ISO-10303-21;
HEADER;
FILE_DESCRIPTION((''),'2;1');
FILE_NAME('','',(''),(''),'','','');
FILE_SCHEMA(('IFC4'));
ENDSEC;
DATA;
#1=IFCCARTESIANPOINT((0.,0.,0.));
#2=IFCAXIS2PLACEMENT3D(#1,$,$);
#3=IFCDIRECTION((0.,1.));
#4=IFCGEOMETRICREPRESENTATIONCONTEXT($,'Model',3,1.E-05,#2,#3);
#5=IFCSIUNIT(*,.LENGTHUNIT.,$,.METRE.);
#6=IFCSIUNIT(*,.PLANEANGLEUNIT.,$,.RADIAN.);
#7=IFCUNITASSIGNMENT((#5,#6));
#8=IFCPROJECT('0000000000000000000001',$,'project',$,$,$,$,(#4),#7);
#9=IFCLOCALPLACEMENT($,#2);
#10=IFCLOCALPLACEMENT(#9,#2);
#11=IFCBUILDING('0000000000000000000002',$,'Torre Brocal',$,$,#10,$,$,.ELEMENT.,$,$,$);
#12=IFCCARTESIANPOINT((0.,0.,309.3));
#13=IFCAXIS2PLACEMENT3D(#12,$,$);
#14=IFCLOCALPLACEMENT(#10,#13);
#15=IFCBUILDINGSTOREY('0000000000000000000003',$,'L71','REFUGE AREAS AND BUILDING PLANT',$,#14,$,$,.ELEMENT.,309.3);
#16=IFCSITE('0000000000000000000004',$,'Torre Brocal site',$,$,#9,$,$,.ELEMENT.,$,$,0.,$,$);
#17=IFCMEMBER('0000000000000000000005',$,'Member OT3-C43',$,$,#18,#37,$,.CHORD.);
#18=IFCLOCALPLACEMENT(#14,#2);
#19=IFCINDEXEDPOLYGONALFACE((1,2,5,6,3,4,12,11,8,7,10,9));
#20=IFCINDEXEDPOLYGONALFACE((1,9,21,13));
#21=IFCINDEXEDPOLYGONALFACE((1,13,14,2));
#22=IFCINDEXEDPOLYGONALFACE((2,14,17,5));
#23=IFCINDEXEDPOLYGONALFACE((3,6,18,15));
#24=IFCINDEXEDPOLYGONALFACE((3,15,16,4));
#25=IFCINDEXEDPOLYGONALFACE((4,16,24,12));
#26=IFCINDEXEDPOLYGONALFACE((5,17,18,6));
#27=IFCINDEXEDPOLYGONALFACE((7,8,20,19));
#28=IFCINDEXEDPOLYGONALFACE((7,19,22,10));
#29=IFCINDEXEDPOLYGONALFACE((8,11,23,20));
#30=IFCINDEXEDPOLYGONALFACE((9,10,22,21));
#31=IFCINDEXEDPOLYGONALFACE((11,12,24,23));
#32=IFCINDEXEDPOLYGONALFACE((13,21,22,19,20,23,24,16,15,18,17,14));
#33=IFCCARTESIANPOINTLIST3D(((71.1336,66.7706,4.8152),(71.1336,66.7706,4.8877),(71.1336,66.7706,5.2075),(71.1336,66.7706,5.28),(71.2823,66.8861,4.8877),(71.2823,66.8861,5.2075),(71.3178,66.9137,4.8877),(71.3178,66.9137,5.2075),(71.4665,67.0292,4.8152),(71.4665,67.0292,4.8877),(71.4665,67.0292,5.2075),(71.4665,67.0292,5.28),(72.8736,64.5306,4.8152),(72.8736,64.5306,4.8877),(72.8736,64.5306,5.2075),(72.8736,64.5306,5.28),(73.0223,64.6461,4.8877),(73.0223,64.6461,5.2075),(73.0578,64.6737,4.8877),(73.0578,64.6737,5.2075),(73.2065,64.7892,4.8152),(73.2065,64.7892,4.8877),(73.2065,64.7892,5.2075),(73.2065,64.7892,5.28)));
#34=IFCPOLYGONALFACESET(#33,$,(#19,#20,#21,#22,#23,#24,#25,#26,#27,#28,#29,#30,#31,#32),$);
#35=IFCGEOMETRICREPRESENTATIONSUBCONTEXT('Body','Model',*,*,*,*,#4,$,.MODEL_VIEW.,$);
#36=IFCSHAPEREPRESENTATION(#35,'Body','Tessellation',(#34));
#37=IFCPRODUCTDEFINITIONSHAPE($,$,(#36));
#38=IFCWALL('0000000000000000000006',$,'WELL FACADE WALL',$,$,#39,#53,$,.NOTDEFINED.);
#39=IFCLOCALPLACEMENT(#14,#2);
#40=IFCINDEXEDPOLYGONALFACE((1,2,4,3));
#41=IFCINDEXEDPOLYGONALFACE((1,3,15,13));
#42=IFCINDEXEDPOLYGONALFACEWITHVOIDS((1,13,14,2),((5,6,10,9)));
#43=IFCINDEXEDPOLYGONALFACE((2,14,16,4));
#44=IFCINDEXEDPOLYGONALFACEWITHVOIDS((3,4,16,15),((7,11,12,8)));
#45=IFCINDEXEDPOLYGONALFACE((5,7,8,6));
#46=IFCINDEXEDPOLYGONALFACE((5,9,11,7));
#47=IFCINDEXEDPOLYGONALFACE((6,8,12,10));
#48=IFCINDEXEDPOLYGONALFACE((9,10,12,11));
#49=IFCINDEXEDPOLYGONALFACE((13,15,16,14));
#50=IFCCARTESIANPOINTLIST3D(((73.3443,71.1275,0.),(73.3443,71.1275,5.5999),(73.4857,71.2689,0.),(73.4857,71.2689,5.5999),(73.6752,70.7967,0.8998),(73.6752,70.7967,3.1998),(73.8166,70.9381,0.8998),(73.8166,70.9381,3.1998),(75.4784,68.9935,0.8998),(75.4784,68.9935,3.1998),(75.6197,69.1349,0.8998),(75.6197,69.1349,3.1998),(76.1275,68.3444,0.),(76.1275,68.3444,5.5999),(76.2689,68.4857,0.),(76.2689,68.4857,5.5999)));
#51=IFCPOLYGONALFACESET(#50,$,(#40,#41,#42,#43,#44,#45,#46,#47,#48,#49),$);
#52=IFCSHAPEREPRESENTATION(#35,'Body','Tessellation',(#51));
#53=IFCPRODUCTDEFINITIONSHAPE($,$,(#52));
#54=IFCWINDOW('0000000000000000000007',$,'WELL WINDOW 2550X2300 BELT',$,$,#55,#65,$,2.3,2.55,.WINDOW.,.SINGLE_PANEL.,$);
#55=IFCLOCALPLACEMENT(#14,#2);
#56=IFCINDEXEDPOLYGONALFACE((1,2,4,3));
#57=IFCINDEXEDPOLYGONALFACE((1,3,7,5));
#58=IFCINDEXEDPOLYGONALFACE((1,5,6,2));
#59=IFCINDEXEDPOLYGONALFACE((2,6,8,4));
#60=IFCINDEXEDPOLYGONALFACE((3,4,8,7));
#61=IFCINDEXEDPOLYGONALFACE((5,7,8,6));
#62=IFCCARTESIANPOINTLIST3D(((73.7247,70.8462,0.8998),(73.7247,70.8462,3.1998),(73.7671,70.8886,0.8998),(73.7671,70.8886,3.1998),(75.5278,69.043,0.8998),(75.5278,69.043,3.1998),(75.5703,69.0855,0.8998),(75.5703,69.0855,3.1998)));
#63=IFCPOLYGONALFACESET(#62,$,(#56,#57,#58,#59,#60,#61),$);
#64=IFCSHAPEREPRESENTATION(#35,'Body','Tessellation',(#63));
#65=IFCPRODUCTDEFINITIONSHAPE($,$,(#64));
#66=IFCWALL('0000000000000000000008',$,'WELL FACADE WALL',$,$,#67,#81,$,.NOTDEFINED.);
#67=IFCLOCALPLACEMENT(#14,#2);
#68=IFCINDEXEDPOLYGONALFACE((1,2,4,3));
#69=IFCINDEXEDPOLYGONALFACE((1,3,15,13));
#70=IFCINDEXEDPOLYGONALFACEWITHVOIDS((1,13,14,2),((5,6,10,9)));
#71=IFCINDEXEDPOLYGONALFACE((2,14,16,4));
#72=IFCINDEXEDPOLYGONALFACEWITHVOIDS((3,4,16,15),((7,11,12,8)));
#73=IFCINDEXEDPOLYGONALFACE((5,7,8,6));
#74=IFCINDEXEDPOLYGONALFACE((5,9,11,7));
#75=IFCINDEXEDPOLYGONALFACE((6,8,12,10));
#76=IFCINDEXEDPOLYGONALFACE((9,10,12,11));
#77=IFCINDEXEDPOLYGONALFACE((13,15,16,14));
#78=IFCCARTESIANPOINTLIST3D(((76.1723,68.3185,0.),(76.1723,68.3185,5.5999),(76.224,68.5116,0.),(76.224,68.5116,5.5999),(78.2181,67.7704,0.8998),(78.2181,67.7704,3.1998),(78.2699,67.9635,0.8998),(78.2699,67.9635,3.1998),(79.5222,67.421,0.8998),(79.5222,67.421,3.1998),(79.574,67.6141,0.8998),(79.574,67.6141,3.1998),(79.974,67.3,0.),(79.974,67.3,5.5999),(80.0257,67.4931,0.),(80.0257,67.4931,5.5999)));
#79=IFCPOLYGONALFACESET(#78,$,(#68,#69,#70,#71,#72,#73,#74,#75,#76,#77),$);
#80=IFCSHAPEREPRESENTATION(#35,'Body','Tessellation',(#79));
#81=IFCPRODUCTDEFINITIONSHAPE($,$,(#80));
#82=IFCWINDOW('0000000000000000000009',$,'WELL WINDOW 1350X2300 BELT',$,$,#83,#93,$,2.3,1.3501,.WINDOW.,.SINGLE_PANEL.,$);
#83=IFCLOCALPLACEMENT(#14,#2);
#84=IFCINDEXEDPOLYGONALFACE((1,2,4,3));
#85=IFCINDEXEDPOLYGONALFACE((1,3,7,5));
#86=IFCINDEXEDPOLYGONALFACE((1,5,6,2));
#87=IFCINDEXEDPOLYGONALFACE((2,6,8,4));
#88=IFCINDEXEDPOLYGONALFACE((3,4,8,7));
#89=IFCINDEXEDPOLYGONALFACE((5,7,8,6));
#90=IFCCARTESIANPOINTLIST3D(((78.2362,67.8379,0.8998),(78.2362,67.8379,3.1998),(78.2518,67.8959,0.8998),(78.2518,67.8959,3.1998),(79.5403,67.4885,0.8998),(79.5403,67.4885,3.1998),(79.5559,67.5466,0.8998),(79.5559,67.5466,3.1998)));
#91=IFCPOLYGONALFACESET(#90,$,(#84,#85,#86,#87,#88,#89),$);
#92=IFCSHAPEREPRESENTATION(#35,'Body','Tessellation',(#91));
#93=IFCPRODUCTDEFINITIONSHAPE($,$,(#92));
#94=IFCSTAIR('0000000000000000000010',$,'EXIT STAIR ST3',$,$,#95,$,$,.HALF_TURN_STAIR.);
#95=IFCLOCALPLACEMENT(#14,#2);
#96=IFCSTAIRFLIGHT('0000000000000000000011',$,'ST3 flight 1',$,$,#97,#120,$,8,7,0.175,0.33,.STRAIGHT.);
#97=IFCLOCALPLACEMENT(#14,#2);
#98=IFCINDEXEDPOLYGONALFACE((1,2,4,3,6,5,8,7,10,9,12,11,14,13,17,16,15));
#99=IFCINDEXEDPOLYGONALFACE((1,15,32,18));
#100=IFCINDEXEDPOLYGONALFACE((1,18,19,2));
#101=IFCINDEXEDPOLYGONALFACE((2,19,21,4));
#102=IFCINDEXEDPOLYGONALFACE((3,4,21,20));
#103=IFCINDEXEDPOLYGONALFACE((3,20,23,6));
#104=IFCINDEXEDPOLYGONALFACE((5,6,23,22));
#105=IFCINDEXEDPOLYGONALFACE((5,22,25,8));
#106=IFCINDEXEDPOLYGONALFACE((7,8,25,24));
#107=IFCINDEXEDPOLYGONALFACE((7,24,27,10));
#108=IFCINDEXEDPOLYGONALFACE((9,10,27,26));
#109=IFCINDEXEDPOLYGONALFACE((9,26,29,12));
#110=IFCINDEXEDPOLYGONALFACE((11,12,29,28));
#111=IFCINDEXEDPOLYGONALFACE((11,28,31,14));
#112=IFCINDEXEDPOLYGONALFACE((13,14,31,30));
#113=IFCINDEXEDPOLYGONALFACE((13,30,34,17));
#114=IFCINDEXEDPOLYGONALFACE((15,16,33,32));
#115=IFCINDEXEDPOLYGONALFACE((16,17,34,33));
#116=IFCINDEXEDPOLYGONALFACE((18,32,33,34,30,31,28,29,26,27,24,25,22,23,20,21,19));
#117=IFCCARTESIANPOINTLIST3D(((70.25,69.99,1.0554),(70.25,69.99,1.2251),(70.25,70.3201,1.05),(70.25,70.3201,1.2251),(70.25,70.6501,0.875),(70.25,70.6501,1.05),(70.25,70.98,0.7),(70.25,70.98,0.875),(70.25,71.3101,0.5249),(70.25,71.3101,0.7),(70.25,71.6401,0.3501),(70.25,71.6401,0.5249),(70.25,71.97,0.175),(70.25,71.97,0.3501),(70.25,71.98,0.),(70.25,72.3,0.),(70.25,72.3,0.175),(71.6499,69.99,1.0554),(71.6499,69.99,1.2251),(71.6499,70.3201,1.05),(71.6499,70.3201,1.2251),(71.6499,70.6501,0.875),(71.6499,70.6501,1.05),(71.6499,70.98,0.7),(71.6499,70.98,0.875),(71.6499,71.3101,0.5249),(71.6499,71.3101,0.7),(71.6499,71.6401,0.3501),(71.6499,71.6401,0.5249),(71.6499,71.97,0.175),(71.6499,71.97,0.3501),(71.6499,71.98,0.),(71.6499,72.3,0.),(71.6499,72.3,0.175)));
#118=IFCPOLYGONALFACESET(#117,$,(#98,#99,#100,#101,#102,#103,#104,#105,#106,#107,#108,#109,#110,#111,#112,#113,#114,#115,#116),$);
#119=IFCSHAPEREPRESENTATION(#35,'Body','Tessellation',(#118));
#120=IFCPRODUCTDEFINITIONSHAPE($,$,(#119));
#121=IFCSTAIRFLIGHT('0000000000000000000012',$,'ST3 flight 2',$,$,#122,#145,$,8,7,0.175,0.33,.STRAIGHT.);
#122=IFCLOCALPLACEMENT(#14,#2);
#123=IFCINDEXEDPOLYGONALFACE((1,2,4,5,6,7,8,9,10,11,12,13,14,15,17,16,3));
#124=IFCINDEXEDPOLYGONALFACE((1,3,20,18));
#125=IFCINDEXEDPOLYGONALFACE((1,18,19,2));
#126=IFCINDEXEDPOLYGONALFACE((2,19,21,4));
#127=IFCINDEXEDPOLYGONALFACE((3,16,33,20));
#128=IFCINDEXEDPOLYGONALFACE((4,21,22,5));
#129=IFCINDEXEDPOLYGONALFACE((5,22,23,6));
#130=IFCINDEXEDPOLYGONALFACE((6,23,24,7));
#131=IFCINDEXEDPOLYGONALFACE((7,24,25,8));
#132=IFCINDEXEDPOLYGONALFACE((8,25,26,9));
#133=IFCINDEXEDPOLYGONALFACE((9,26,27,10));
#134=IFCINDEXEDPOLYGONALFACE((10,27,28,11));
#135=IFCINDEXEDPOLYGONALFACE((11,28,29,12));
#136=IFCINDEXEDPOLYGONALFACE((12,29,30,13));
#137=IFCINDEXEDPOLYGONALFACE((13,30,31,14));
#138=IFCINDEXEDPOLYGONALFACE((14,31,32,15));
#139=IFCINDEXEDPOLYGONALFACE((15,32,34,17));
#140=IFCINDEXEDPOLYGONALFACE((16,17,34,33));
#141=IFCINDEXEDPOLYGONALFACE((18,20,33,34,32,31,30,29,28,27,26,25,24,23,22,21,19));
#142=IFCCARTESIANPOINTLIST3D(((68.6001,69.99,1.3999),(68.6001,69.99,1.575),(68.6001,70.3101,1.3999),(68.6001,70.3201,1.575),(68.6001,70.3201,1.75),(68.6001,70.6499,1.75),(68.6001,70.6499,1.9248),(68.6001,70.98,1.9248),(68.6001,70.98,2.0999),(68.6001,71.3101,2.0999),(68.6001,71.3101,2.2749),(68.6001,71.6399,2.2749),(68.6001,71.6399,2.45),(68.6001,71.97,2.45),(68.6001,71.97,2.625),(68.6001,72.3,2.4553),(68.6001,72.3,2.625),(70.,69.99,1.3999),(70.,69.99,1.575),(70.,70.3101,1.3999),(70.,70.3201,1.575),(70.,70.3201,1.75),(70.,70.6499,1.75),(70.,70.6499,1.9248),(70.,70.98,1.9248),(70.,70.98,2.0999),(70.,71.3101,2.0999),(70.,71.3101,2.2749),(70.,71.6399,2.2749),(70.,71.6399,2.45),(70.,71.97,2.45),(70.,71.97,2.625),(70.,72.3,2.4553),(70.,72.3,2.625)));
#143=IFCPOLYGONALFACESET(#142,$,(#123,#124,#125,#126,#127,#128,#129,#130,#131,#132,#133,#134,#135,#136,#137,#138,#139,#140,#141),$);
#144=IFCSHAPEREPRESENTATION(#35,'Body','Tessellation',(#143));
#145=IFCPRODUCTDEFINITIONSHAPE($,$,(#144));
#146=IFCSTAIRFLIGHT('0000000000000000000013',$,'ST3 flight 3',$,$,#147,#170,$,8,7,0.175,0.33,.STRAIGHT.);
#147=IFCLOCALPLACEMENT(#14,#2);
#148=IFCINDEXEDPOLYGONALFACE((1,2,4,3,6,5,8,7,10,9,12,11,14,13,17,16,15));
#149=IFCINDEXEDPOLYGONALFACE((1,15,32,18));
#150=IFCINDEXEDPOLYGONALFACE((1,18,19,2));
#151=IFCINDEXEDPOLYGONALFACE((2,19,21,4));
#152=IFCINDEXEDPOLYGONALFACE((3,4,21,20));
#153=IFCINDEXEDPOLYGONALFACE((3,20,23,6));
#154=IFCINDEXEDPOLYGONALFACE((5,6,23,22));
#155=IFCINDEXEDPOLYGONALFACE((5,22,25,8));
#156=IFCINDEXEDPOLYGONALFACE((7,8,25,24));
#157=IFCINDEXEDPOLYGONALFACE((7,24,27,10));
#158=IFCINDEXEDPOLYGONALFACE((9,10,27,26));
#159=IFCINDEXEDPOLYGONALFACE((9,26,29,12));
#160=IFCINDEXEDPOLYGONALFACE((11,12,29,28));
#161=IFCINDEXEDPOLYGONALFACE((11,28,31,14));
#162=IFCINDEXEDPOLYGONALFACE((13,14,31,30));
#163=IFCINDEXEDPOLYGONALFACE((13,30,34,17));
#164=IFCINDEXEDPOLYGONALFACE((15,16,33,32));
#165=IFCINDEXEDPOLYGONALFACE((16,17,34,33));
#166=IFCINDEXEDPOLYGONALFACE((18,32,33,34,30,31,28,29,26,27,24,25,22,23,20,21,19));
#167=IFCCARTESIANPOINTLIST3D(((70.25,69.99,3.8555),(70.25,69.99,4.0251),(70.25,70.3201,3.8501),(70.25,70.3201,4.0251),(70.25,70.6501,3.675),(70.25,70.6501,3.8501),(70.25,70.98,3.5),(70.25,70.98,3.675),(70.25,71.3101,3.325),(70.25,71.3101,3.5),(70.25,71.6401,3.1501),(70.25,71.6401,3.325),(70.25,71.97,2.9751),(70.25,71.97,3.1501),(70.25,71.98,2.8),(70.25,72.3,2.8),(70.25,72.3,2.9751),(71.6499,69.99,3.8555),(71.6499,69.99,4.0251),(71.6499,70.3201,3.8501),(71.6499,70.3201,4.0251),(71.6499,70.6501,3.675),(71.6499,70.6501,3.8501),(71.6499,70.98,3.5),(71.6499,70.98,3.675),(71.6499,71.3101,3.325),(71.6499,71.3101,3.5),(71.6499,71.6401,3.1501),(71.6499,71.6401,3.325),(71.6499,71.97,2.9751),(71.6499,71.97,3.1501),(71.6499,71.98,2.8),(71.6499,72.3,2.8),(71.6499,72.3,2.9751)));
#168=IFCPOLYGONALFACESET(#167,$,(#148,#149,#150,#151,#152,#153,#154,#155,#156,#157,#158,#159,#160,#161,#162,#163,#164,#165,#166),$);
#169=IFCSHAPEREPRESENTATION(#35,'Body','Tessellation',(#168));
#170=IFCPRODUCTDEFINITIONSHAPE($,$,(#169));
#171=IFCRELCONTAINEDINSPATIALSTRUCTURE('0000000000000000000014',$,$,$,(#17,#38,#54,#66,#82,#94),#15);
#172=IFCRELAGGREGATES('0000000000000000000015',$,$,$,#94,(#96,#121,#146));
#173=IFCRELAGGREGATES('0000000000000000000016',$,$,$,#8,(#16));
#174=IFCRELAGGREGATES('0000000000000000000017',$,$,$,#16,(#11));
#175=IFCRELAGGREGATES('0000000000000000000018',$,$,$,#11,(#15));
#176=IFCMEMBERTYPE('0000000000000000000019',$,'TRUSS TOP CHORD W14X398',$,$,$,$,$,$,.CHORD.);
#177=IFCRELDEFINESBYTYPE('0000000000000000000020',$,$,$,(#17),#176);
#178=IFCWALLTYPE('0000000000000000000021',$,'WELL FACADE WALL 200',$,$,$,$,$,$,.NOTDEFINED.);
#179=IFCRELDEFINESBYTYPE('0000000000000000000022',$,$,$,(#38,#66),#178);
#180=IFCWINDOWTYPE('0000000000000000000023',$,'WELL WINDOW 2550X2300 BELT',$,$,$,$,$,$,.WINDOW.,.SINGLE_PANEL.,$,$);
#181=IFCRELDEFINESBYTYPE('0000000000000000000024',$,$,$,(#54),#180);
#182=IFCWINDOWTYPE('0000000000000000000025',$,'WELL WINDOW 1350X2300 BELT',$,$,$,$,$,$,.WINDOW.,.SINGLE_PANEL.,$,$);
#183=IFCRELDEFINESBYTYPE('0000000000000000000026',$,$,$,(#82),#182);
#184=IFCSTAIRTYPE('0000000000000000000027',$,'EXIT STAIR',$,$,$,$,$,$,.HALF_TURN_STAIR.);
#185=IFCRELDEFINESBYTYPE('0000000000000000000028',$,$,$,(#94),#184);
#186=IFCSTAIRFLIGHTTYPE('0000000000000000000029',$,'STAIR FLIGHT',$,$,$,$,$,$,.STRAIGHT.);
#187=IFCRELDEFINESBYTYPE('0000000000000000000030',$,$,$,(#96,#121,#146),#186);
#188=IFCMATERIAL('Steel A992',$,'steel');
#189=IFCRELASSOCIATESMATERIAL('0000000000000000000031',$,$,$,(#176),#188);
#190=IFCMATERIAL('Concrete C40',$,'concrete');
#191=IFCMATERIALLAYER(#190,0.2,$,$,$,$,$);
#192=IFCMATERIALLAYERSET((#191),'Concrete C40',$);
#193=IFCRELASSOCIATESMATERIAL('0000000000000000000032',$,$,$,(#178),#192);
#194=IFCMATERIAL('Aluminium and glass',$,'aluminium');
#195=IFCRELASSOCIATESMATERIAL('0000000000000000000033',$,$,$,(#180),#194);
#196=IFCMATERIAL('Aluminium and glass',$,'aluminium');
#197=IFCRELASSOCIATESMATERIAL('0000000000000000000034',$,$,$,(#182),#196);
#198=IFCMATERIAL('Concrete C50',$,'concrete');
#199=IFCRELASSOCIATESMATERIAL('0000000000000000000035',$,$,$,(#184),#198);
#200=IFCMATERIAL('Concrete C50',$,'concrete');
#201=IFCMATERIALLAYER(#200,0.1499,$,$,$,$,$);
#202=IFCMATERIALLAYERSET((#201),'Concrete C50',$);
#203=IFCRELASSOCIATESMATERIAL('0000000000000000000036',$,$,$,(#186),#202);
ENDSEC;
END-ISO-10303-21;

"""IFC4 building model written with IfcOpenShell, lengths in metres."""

from ifc_helpers import new_model, si_unit, direction, frame, frame_2d, origin, origin_2d, place, context, subcontext, project, spatial, polyline, rectangle, i_section, outline, extrude, material, layer, layer_set, material_profile, profile_set, type_object, element, fill, aggregate, save


model = new_model("IFC4")

# Units and contexts
model_context = context("Model", 3, precision=1e-05, world=origin(), true_north=direction((0.0, 1.0)))
body_context = subcontext(model_context, "Body", "Model", "MODEL_VIEW")
ifc_project = project(units=[si_unit("LENGTHUNIT", "METRE"), si_unit("PLANEANGLEUNIT", "RADIAN")], contexts=[model_context])

# Site, building, storey
site_placement = place(None, origin())
site = spatial("IfcSite", under=ifc_project, at=site_placement, Name="Torre Brocal site", CompositionType="ELEMENT", RefElevation=0.0)
building_placement = place(site_placement, origin())
building = spatial("IfcBuilding", under=site, at=building_placement, Name="Torre Brocal", CompositionType="ELEMENT")
storey_placement = place(building_placement, frame((0.0, 0.0, 309.3)))
storey = spatial("IfcBuildingStorey", under=building, at=storey_placement, Name="L71", Description="REFUGE AREAS AND BUILDING PLANT", CompositionType="ELEMENT", Elevation=309.3)

# Member
ifc_material_1 = material(Name="Steel A992", Category="steel")
ifc_material_profile_1 = material_profile(ifc_material_1, i_section(OverallWidth=0.4216, OverallDepth=0.4648, WebThickness=0.0449, FlangeThickness=0.0725, at=origin_2d()), Name="W14X398")
ifc_profile_set_1 = profile_set([ifc_material_profile_1], Name="Steel A992")
member_type_1 = type_object("IfcMemberType", Name="TRUSS TOP CHORD W14X398", PredefinedType="CHORD", material=ifc_profile_set_1)
member_1_placement = place(storey_placement, frame((71.3, 66.8999, 5.0476), z_axis=(0.613452, -0.789732, 0.0), x_axis=(0.789732, 0.613452, 0.0)))
element("IfcMember", 1, at=member_1_placement, inside=storey, type_object=member_type_1, Name="Member OT3-C43", PredefinedType="CHORD", context=body_context, shape_type="SweptSolid", body=[
    extrude(i_section(OverallWidth=0.4216, OverallDepth=0.4648, WebThickness=0.0449, FlangeThickness=0.0725, at=origin_2d()), origin(), (0.0, 0.0, 1.0), 2.8364),
])

# Walls, openings, windows
ifc_material_2 = material(Name="Concrete C40", Category="concrete")
ifc_layer_1 = layer(ifc_material_2, 0.2)
ifc_layer_set_1 = layer_set([ifc_layer_1], Name="Concrete C40")
wall_type_1 = type_object("IfcWallType", Name="WELL FACADE WALL 200", PredefinedType="NOTDEFINED", material=ifc_layer_set_1)
wall_1_placement = place(storey_placement, frame((73.415, 71.1982, 0.0), z_axis=(0.0, 0.0, 1.0), x_axis=(0.707107, -0.707107, 0.0)))
wall_1 = element("IfcWall", 2, at=wall_1_placement, inside=storey, type_object=wall_type_1, Name="WELL FACADE WALL", PredefinedType="NOTDEFINED", context=body_context, shape_type="SweptSolid", body=[
    extrude(rectangle(XDim=3.936, YDim=0.2, at=frame_2d((1.968, 0.0))), origin(), (0.0, 0.0, 1.0), 5.5999),
])
opening_1_placement = place(wall_1_placement, frame((0.468, 0.0, 0.8999)))
opening_1 = element("IfcOpeningElement", 3, at=opening_1_placement, cuts=wall_1, PredefinedType="OPENING", context=body_context, shape_type="SweptSolid", body=[
    extrude(rectangle(XDim=2.55, YDim=2.3, at=frame_2d((1.2749, 1.1499))), frame((0.0, 0.1099, 0.0), z_axis=(0.0, -1.0, 0.0), x_axis=(1.0, 0.0, 0.0)), (0.0, 0.0, 1.0), 0.22),
])
ifc_material_3 = material(Name="Aluminium and glass", Category="aluminium")
window_type_1 = type_object("IfcWindowType", Name="WELL WINDOW 2550X2300 BELT", PartitioningType="SINGLE_PANEL", PredefinedType="WINDOW", material=ifc_material_3)
window_1_placement = place(opening_1_placement, origin())
window_1 = element("IfcWindow", 4, at=window_1_placement, inside=storey, type_object=window_type_1, Name="WELL WINDOW 2550X2300 BELT", OverallHeight=2.3, OverallWidth=2.55, PartitioningType="SINGLE_PANEL", PredefinedType="WINDOW", context=body_context, shape_type="SweptSolid", body=[
    extrude(rectangle(XDim=2.55, YDim=2.3, at=frame_2d((1.2749, 1.1499))), frame((0.0, 0.03, 0.0), z_axis=(0.0, -1.0, 0.0), x_axis=(1.0, 0.0, 0.0)), (0.0, 0.0, 1.0), 0.0601),
])
fill(opening_1, window_1)
wall_2_placement = place(storey_placement, frame((76.1982, 68.415, 0.0), z_axis=(0.0, 0.0, 1.0), x_axis=(0.965934, -0.25879, 0.0)))
wall_2 = element("IfcWall", 5, at=wall_2_placement, inside=storey, type_object=wall_type_1, Name="WELL FACADE WALL", PredefinedType="NOTDEFINED", context=body_context, shape_type="SweptSolid", body=[
    extrude(rectangle(XDim=3.9358, YDim=0.2, at=frame_2d((1.9678, 0.0))), origin(), (0.0, 0.0, 1.0), 5.5999),
])
opening_2_placement = place(wall_2_placement, frame((2.1179, 0.0, 0.8999)))
opening_2 = element("IfcOpeningElement", 6, at=opening_2_placement, cuts=wall_2, PredefinedType="OPENING", context=body_context, shape_type="SweptSolid", body=[
    extrude(rectangle(XDim=1.3501, YDim=2.3, at=frame_2d((0.675, 1.1499))), frame((0.0, 0.1099, 0.0), z_axis=(0.0, -1.0, 0.0), x_axis=(1.0, 0.0, 0.0)), (0.0, 0.0, 1.0), 0.22),
])
ifc_material_4 = material(Name="Aluminium and glass", Category="aluminium")
window_type_2 = type_object("IfcWindowType", Name="WELL WINDOW 1350X2300 BELT", PartitioningType="SINGLE_PANEL", PredefinedType="WINDOW", material=ifc_material_4)
window_2_placement = place(opening_2_placement, origin())
window_2 = element("IfcWindow", 7, at=window_2_placement, inside=storey, type_object=window_type_2, Name="WELL WINDOW 1350X2300 BELT", OverallHeight=2.3, OverallWidth=1.3501, PartitioningType="SINGLE_PANEL", PredefinedType="WINDOW", context=body_context, shape_type="SweptSolid", body=[
    extrude(rectangle(XDim=1.3501, YDim=2.3, at=frame_2d((0.675, 1.1499))), frame((0.0, 0.03, 0.0), z_axis=(0.0, -1.0, 0.0), x_axis=(1.0, 0.0, 0.0)), (0.0, 0.0, 1.0), 0.0601),
])
fill(opening_2, window_2)

# Stair, stair flights
ifc_material_5 = material(Name="Concrete C50", Category="concrete")
stair_type = type_object("IfcStairType", Name="EXIT STAIR", PredefinedType="HALF_TURN_STAIR", material=ifc_material_5)
stair_placement = place(storey_placement, origin())
stair = element("IfcStair", 8, at=stair_placement, inside=storey, type_object=stair_type, Name="EXIT STAIR ST3", PredefinedType="HALF_TURN_STAIR")
ifc_material_6 = material(Name="Concrete C50", Category="concrete")
ifc_layer_2 = layer(ifc_material_6, 0.1499)
ifc_layer_set_2 = layer_set([ifc_layer_2], Name="Concrete C50")
stair_flight_type = type_object("IfcStairFlightType", Name="STAIR FLIGHT", PredefinedType="STRAIGHT", material=ifc_layer_set_2)
stair_flight_1_placement = place(storey_placement, frame((70.95, 72.3, 0.0), z_axis=(0.0, 0.0, 1.0), x_axis=(0.0, -1.0, 0.0)))
stair_flight_1 = element("IfcStairFlight", 9, at=stair_flight_1_placement, type_object=stair_flight_type, Name="ST3 flight 1", NumberOfRisers=8, NumberOfTreads=7, PredefinedType="STRAIGHT", RiserHeight=0.175, TreadLength=0.33, context=body_context, shape_type="SweptSolid", body=[
    extrude(outline(polyline([(0.0, 0.0), (0.0, 0.175), (0.3301, 0.175), (0.3301, 0.3501), (0.6599, 0.3501), (0.6599, 0.5249), (0.99, 0.5249), (0.99, 0.7), (1.3201, 0.7), (1.3201, 0.875), (1.6499, 0.875), (1.6499, 1.05), (1.98, 1.05), (1.98, 1.2251), (2.3101, 1.2251), (2.3101, 1.3999), (2.3101, 1.0554), (0.3201, 0.0), (0.0, 0.0)])), frame((0.0, 0.7, 0.0), z_axis=(0.0, -1.0, 0.0), x_axis=(1.0, 0.0, 0.0)), (0.0, 0.0, 1.0), 1.3999),
])
stair_flight_2_placement = place(storey_placement, frame((69.3, 69.99, 1.3999), z_axis=(0.0, 0.0, 1.0), x_axis=(0.0, 1.0, 0.0)))
stair_flight_2 = element("IfcStairFlight", 10, at=stair_flight_2_placement, type_object=stair_flight_type, Name="ST3 flight 2", NumberOfRisers=8, NumberOfTreads=7, PredefinedType="STRAIGHT", RiserHeight=0.175, TreadLength=0.33, context=body_context, shape_type="SweptSolid", body=[
    extrude(outline(polyline([(0.0, 0.0), (0.0, 0.175), (0.3301, 0.175), (0.3301, 0.3501), (0.6599, 0.3501), (0.6599, 0.5249), (0.99, 0.5249), (0.99, 0.7), (1.3201, 0.7), (1.3201, 0.875), (1.6499, 0.875), (1.6499, 1.05), (1.98, 1.05), (1.98, 1.2251), (2.3101, 1.2251), (2.3101, 1.3999), (2.3101, 1.0554), (0.3201, 0.0), (0.0, 0.0)])), frame((0.0, 0.7, 0.0), z_axis=(0.0, -1.0, 0.0), x_axis=(1.0, 0.0, 0.0)), (0.0, 0.0, 1.0), 1.3999),
])
stair_flight_3_placement = place(storey_placement, frame((70.95, 72.3, 2.8), z_axis=(0.0, 0.0, 1.0), x_axis=(0.0, -1.0, 0.0)))
stair_flight_3 = element("IfcStairFlight", 11, at=stair_flight_3_placement, type_object=stair_flight_type, Name="ST3 flight 3", NumberOfRisers=8, NumberOfTreads=7, PredefinedType="STRAIGHT", RiserHeight=0.175, TreadLength=0.33, context=body_context, shape_type="SweptSolid", body=[
    extrude(outline(polyline([(0.0, 0.0), (0.0, 0.175), (0.3301, 0.175), (0.3301, 0.3501), (0.6599, 0.3501), (0.6599, 0.5249), (0.99, 0.5249), (0.99, 0.7), (1.3201, 0.7), (1.3201, 0.875), (1.6499, 0.875), (1.6499, 1.05), (1.98, 1.05), (1.98, 1.2251), (2.3101, 1.2251), (2.3101, 1.3999), (2.3101, 1.0554), (0.3201, 0.0), (0.0, 0.0)])), frame((0.0, 0.7, 0.0), z_axis=(0.0, -1.0, 0.0), x_axis=(1.0, 0.0, 0.0)), (0.0, 0.0, 1.0), 1.3999),
])
aggregate(stair, [stair_flight_1, stair_flight_2, stair_flight_3])

save(model, "model.ifc")
